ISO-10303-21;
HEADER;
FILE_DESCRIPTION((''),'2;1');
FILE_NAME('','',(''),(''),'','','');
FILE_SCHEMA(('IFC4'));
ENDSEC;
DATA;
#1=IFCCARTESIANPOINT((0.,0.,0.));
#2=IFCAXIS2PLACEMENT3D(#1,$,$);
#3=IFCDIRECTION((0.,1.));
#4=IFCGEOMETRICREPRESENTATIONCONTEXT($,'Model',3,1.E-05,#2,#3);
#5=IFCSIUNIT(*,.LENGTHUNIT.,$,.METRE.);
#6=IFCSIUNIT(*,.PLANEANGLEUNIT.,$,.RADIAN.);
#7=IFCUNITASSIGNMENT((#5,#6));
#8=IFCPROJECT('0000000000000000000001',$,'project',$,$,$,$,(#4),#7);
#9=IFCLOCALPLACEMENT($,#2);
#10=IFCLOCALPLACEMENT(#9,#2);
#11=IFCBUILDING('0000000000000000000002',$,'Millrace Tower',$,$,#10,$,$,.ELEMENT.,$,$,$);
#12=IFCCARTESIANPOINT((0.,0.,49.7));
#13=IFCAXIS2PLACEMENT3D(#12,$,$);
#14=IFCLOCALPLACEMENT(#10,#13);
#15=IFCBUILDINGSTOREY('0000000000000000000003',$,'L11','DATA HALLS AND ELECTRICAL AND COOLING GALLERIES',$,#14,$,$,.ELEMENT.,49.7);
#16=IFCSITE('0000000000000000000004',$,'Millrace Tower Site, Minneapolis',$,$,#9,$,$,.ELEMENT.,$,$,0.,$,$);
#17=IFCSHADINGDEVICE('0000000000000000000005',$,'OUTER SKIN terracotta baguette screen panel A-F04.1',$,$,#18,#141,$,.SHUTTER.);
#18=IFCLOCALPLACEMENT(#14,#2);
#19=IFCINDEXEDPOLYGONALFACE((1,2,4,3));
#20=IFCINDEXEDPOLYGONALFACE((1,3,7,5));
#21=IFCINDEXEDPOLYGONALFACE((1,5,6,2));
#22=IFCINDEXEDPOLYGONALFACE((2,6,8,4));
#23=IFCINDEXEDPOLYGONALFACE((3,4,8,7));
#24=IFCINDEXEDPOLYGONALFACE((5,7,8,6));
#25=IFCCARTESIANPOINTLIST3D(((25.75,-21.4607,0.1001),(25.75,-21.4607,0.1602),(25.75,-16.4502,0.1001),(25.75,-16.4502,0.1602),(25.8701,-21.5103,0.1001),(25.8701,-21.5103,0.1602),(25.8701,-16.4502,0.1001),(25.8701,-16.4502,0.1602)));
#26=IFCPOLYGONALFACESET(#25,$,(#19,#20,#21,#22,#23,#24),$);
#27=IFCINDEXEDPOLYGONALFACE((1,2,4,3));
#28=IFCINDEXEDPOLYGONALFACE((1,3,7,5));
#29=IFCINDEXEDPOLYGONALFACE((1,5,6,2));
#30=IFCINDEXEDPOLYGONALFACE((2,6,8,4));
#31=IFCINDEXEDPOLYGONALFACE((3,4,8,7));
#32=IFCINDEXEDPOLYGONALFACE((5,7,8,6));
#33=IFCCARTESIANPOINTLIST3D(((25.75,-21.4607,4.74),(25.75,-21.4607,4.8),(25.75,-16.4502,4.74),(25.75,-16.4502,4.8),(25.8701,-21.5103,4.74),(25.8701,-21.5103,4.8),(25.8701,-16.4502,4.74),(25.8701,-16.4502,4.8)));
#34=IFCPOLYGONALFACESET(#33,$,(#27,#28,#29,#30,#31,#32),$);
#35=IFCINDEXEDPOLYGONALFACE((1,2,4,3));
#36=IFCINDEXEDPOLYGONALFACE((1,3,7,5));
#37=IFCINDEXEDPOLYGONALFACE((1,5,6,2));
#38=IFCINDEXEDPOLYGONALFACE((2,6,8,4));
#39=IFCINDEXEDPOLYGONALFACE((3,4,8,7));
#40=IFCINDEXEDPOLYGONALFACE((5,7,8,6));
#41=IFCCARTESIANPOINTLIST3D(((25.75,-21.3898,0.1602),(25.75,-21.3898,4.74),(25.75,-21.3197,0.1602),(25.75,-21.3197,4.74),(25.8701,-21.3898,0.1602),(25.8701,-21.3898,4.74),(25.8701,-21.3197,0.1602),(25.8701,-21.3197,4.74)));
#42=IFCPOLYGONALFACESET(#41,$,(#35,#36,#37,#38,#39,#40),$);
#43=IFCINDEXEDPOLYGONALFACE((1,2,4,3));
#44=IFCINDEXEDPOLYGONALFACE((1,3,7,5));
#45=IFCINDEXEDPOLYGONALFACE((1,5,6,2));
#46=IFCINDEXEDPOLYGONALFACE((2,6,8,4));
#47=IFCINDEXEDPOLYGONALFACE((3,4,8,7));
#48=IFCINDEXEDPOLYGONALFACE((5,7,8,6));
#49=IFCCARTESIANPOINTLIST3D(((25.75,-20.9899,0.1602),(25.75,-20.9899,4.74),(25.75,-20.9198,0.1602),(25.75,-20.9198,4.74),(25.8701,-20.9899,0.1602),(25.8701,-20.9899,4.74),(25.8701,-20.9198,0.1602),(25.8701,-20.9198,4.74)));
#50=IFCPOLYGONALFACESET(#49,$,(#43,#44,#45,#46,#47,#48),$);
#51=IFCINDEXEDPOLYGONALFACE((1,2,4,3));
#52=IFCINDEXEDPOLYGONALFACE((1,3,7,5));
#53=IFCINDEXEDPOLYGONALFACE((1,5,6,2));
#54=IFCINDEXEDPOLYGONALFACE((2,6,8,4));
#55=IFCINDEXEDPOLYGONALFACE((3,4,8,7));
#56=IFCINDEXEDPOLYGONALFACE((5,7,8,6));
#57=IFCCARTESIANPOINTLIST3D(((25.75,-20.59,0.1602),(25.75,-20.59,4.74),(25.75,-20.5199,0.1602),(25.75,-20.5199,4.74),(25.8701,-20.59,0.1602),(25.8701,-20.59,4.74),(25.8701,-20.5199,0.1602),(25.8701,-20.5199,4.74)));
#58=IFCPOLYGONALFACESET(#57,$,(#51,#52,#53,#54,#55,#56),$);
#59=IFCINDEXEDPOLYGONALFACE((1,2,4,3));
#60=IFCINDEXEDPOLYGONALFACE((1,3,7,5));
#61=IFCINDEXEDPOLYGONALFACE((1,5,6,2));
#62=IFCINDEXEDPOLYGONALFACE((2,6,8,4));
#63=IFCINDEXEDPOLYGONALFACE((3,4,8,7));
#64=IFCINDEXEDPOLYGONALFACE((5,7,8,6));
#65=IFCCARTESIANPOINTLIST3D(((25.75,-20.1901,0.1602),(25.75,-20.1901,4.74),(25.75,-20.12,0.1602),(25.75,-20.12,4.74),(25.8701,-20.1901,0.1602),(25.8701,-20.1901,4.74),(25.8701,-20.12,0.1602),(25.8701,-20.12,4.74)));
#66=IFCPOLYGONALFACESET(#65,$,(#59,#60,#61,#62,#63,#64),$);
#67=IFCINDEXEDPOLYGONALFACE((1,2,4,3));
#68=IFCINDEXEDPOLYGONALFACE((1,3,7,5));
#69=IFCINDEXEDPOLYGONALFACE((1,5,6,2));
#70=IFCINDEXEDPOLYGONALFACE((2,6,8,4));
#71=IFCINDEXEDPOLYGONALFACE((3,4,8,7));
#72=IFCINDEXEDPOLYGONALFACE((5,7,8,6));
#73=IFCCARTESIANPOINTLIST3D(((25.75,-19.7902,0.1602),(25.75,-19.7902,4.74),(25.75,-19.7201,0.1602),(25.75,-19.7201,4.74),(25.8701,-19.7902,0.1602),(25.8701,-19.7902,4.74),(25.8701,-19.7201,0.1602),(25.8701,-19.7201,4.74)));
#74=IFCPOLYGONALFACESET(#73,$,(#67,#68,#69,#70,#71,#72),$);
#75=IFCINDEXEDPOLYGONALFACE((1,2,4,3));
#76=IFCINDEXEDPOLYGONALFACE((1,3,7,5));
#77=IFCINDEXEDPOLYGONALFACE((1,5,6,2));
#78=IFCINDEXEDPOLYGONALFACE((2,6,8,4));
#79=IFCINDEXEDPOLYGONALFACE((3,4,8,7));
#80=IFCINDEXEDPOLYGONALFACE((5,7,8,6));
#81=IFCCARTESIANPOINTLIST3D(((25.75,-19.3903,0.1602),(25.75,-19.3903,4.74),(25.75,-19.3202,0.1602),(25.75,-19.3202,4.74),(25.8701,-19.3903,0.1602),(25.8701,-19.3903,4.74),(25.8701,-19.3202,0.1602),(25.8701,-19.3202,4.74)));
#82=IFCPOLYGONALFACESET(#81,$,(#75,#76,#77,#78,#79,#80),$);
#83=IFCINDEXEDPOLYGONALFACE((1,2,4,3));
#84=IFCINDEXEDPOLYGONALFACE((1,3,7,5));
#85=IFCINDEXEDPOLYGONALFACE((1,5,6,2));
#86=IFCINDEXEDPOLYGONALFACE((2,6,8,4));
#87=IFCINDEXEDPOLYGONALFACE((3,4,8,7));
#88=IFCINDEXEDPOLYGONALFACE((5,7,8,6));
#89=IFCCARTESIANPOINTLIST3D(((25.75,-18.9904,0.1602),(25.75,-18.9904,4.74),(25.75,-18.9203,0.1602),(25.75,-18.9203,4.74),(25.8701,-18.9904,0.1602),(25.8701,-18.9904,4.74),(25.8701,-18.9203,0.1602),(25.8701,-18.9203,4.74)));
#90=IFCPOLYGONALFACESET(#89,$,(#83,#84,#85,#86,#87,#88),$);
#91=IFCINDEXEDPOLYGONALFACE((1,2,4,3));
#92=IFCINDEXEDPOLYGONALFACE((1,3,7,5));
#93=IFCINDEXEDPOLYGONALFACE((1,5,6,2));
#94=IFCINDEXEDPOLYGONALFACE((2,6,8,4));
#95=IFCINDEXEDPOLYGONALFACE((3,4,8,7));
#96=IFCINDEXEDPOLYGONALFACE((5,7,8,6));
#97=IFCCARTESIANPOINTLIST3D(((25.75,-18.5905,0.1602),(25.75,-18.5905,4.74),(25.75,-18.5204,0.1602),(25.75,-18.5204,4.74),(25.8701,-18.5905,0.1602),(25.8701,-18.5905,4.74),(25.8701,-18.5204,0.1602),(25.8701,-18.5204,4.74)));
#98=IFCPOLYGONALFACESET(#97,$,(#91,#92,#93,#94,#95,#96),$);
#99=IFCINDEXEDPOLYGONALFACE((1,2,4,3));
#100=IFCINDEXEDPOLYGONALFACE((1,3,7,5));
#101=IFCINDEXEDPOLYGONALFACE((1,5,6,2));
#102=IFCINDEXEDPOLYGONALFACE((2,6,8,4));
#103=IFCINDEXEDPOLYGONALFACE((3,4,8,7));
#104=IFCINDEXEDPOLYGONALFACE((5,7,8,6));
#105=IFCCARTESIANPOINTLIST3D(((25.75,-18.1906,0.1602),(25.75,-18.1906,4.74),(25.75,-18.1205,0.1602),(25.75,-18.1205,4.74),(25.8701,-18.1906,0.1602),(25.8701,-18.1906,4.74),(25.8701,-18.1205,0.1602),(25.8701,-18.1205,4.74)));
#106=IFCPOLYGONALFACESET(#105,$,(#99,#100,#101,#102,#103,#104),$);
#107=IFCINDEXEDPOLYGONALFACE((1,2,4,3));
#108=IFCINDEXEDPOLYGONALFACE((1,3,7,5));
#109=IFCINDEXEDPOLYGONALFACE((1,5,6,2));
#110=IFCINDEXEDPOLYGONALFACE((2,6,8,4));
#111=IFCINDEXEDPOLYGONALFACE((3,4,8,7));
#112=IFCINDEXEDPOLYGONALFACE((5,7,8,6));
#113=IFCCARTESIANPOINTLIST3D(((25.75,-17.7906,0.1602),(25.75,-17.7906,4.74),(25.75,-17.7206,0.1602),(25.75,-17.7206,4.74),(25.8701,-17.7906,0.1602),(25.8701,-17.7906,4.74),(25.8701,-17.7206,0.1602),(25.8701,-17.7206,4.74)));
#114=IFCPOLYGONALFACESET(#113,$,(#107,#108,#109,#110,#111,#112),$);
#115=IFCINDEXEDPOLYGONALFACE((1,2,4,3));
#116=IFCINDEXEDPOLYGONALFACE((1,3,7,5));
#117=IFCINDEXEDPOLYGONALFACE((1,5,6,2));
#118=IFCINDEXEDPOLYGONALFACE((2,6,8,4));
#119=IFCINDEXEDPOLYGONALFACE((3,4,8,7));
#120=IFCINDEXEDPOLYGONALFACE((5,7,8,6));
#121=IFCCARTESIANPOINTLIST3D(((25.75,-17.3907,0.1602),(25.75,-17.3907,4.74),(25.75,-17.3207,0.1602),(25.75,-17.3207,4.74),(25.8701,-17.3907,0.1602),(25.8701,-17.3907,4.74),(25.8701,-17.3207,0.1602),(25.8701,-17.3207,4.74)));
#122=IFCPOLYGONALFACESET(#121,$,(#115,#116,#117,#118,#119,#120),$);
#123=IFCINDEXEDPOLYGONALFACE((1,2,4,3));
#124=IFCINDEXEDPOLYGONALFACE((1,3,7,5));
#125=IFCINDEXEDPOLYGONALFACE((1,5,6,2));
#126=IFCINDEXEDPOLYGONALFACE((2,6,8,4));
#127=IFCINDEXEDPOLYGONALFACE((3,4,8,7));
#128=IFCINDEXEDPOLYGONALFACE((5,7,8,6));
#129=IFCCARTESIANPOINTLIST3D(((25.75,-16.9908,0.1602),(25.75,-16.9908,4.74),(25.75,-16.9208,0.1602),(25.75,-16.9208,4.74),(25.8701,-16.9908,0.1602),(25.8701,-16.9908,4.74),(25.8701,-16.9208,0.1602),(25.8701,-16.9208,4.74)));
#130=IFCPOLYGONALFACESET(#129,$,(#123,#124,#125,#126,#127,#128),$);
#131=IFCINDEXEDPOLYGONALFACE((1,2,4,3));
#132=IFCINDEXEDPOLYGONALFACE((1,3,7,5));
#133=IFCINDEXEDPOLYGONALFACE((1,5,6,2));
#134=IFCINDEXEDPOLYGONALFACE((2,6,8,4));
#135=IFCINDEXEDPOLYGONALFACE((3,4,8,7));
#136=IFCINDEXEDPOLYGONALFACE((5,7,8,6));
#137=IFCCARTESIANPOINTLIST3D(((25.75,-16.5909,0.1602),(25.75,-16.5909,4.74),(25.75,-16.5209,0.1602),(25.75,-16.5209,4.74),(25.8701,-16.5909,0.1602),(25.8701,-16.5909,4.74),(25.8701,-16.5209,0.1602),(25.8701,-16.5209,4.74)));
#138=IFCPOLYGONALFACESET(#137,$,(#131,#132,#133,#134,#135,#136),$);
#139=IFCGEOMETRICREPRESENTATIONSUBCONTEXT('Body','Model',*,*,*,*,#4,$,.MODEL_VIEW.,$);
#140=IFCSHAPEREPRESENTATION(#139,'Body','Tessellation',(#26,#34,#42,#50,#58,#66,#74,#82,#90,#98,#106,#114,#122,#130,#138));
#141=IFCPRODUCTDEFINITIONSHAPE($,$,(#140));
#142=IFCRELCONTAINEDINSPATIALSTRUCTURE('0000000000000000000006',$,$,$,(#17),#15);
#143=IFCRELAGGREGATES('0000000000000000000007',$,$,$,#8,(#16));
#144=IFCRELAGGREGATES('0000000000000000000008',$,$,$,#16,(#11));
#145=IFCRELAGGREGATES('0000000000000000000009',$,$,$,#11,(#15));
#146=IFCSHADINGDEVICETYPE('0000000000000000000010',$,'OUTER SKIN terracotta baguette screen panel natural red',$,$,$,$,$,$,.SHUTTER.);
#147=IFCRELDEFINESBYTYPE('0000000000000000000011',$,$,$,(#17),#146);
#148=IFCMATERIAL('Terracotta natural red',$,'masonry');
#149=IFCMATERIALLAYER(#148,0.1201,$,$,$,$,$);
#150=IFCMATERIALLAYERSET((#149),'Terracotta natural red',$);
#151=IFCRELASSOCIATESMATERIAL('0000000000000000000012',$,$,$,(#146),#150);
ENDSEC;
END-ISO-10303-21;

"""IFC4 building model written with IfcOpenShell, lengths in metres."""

from ifc_helpers import new_model, entity, si_unit, direction, frame, frame_2d, origin, place, context, subcontext, project, spatial, rectangle, extrude, source, transform, mapped, material, layer, layer_set, type_object, element, save


model = new_model("IFC4")

# Units and contexts
model_context = context("Model", 3, precision=1e-05, world=origin(), true_north=direction((0.0, 1.0)))
body_context = subcontext(model_context, "Body", "Model", "MODEL_VIEW")
ifc_project = project(units=[si_unit("LENGTHUNIT", "METRE"), si_unit("PLANEANGLEUNIT", "RADIAN")], contexts=[model_context])

# Site, building, storey
site_placement = place(None, origin())
site = spatial("IfcSite", under=ifc_project, at=site_placement, Name="Millrace Tower Site, Minneapolis", CompositionType="ELEMENT", RefElevation=0.0)
building_placement = place(site_placement, origin())
building = spatial("IfcBuilding", under=site, at=building_placement, Name="Millrace Tower", CompositionType="ELEMENT")
storey_placement = place(building_placement, frame((0.0, 0.0, 49.7)))
storey = spatial("IfcBuildingStorey", under=building, at=storey_placement, Name="L11", Description="DATA HALLS AND ELECTRICAL AND COOLING GALLERIES", CompositionType="ELEMENT", Elevation=49.7)

# Shading device
ifc_material_1 = material(Name="Terracotta natural red", Category="masonry")
ifc_layer_1 = layer(ifc_material_1, 0.1201)
ifc_layer_set_1 = layer_set([ifc_layer_1], Name="Terracotta natural red")
shading_device_type_1 = type_object("IfcShadingDeviceType", Name="OUTER SKIN terracotta baguette screen panel natural red", PredefinedType="SHUTTER", material=ifc_layer_set_1)
cartesian_point_1 = entity("IfcCartesianPoint", [-2.4929, 0.0601])
shared_polyline_1 = entity("IfcPolyline", [cartesian_point_1, entity("IfcCartesianPoint", [2.5176, 0.0601]), entity("IfcCartesianPoint", [2.5176, -0.0601]), entity("IfcCartesianPoint", [-2.5425, -0.0601]), cartesian_point_1])
shared_shape_1 = source(origin(), body_context, "Body", "SweptSolid", [
    entity("IfcExtrudedAreaSolid", entity("IfcArbitraryClosedProfileDef", "AREA", None, shared_polyline_1), entity("IfcAxis2Placement3D", entity("IfcCartesianPoint", [0.0, 0.0, 0.0])), entity("IfcDirection", [0.0, 0.0, 1.0]), 0.0601),
    entity("IfcExtrudedAreaSolid", entity("IfcArbitraryClosedProfileDef", "AREA", None, shared_polyline_1), entity("IfcAxis2Placement3D", entity("IfcCartesianPoint", [0.0, 0.0, 4.6399])), entity("IfcDirection", [0.0, 0.0, 1.0]), 0.0601),
    extrude(rectangle(XDim=0.0701, YDim=0.1201, at=frame_2d((-2.387, 0.0))), frame((0.0, 0.0, 0.0601)), (0.0, 0.0, 1.0), 4.5798),
    extrude(rectangle(XDim=0.0701, YDim=0.1201, at=frame_2d((-1.9871, 0.0))), frame((0.0, 0.0, 0.0601)), (0.0, 0.0, 1.0), 4.5798),
    extrude(rectangle(XDim=0.0701, YDim=0.1201, at=frame_2d((-1.5872, 0.0))), frame((0.0, 0.0, 0.0601)), (0.0, 0.0, 1.0), 4.5798),
    extrude(rectangle(XDim=0.0701, YDim=0.1201, at=frame_2d((-1.1873, 0.0))), frame((0.0, 0.0, 0.0601)), (0.0, 0.0, 1.0), 4.5798),
    extrude(rectangle(XDim=0.0701, YDim=0.1201, at=frame_2d((-0.7874, 0.0))), frame((0.0, 0.0, 0.0601)), (0.0, 0.0, 1.0), 4.5798),
    extrude(rectangle(XDim=0.0701, YDim=0.1201, at=frame_2d((-0.3875, 0.0))), frame((0.0, 0.0, 0.0601)), (0.0, 0.0, 1.0), 4.5798),
    extrude(rectangle(XDim=0.0701, YDim=0.1201, at=frame_2d((0.0125, 0.0))), frame((0.0, 0.0, 0.0601)), (0.0, 0.0, 1.0), 4.5798),
    extrude(rectangle(XDim=0.0701, YDim=0.1201, at=frame_2d((0.4124, 0.0))), frame((0.0, 0.0, 0.0601)), (0.0, 0.0, 1.0), 4.5798),
    extrude(rectangle(XDim=0.0701, YDim=0.1201, at=frame_2d((0.8123, 0.0))), frame((0.0, 0.0, 0.0601)), (0.0, 0.0, 1.0), 4.5798),
    extrude(rectangle(XDim=0.0701, YDim=0.1201, at=frame_2d((1.2122, 0.0))), frame((0.0, 0.0, 0.0601)), (0.0, 0.0, 1.0), 4.5798),
    extrude(rectangle(XDim=0.0701, YDim=0.1201, at=frame_2d((1.6121, 0.0))), frame((0.0, 0.0, 0.0601)), (0.0, 0.0, 1.0), 4.5798),
    extrude(rectangle(XDim=0.0701, YDim=0.1201, at=frame_2d((2.012, 0.0))), frame((0.0, 0.0, 0.0601)), (0.0, 0.0, 1.0), 4.5798),
    extrude(rectangle(XDim=0.0701, YDim=0.1201, at=frame_2d((2.4119, 0.0))), frame((0.0, 0.0, 0.0601)), (0.0, 0.0, 1.0), 4.5798),
])
shading_device_1_placement = place(storey_placement, frame((25.8101, -18.9678, 0.1001), z_axis=(0.0, 0.0, 1.0), x_axis=(0.0, 1.0, 0.0)))
element("IfcShadingDevice", 1, at=shading_device_1_placement, inside=storey, type_object=shading_device_type_1, Name="OUTER SKIN terracotta baguette screen panel A-F04.1", PredefinedType="SHUTTER", context=body_context, shape_type="MappedRepresentation", body=[
    mapped(shared_shape_1, transform((0.0, 0.0, 0.0), scale=1.0)),
])

save(model, "model.ifc")
